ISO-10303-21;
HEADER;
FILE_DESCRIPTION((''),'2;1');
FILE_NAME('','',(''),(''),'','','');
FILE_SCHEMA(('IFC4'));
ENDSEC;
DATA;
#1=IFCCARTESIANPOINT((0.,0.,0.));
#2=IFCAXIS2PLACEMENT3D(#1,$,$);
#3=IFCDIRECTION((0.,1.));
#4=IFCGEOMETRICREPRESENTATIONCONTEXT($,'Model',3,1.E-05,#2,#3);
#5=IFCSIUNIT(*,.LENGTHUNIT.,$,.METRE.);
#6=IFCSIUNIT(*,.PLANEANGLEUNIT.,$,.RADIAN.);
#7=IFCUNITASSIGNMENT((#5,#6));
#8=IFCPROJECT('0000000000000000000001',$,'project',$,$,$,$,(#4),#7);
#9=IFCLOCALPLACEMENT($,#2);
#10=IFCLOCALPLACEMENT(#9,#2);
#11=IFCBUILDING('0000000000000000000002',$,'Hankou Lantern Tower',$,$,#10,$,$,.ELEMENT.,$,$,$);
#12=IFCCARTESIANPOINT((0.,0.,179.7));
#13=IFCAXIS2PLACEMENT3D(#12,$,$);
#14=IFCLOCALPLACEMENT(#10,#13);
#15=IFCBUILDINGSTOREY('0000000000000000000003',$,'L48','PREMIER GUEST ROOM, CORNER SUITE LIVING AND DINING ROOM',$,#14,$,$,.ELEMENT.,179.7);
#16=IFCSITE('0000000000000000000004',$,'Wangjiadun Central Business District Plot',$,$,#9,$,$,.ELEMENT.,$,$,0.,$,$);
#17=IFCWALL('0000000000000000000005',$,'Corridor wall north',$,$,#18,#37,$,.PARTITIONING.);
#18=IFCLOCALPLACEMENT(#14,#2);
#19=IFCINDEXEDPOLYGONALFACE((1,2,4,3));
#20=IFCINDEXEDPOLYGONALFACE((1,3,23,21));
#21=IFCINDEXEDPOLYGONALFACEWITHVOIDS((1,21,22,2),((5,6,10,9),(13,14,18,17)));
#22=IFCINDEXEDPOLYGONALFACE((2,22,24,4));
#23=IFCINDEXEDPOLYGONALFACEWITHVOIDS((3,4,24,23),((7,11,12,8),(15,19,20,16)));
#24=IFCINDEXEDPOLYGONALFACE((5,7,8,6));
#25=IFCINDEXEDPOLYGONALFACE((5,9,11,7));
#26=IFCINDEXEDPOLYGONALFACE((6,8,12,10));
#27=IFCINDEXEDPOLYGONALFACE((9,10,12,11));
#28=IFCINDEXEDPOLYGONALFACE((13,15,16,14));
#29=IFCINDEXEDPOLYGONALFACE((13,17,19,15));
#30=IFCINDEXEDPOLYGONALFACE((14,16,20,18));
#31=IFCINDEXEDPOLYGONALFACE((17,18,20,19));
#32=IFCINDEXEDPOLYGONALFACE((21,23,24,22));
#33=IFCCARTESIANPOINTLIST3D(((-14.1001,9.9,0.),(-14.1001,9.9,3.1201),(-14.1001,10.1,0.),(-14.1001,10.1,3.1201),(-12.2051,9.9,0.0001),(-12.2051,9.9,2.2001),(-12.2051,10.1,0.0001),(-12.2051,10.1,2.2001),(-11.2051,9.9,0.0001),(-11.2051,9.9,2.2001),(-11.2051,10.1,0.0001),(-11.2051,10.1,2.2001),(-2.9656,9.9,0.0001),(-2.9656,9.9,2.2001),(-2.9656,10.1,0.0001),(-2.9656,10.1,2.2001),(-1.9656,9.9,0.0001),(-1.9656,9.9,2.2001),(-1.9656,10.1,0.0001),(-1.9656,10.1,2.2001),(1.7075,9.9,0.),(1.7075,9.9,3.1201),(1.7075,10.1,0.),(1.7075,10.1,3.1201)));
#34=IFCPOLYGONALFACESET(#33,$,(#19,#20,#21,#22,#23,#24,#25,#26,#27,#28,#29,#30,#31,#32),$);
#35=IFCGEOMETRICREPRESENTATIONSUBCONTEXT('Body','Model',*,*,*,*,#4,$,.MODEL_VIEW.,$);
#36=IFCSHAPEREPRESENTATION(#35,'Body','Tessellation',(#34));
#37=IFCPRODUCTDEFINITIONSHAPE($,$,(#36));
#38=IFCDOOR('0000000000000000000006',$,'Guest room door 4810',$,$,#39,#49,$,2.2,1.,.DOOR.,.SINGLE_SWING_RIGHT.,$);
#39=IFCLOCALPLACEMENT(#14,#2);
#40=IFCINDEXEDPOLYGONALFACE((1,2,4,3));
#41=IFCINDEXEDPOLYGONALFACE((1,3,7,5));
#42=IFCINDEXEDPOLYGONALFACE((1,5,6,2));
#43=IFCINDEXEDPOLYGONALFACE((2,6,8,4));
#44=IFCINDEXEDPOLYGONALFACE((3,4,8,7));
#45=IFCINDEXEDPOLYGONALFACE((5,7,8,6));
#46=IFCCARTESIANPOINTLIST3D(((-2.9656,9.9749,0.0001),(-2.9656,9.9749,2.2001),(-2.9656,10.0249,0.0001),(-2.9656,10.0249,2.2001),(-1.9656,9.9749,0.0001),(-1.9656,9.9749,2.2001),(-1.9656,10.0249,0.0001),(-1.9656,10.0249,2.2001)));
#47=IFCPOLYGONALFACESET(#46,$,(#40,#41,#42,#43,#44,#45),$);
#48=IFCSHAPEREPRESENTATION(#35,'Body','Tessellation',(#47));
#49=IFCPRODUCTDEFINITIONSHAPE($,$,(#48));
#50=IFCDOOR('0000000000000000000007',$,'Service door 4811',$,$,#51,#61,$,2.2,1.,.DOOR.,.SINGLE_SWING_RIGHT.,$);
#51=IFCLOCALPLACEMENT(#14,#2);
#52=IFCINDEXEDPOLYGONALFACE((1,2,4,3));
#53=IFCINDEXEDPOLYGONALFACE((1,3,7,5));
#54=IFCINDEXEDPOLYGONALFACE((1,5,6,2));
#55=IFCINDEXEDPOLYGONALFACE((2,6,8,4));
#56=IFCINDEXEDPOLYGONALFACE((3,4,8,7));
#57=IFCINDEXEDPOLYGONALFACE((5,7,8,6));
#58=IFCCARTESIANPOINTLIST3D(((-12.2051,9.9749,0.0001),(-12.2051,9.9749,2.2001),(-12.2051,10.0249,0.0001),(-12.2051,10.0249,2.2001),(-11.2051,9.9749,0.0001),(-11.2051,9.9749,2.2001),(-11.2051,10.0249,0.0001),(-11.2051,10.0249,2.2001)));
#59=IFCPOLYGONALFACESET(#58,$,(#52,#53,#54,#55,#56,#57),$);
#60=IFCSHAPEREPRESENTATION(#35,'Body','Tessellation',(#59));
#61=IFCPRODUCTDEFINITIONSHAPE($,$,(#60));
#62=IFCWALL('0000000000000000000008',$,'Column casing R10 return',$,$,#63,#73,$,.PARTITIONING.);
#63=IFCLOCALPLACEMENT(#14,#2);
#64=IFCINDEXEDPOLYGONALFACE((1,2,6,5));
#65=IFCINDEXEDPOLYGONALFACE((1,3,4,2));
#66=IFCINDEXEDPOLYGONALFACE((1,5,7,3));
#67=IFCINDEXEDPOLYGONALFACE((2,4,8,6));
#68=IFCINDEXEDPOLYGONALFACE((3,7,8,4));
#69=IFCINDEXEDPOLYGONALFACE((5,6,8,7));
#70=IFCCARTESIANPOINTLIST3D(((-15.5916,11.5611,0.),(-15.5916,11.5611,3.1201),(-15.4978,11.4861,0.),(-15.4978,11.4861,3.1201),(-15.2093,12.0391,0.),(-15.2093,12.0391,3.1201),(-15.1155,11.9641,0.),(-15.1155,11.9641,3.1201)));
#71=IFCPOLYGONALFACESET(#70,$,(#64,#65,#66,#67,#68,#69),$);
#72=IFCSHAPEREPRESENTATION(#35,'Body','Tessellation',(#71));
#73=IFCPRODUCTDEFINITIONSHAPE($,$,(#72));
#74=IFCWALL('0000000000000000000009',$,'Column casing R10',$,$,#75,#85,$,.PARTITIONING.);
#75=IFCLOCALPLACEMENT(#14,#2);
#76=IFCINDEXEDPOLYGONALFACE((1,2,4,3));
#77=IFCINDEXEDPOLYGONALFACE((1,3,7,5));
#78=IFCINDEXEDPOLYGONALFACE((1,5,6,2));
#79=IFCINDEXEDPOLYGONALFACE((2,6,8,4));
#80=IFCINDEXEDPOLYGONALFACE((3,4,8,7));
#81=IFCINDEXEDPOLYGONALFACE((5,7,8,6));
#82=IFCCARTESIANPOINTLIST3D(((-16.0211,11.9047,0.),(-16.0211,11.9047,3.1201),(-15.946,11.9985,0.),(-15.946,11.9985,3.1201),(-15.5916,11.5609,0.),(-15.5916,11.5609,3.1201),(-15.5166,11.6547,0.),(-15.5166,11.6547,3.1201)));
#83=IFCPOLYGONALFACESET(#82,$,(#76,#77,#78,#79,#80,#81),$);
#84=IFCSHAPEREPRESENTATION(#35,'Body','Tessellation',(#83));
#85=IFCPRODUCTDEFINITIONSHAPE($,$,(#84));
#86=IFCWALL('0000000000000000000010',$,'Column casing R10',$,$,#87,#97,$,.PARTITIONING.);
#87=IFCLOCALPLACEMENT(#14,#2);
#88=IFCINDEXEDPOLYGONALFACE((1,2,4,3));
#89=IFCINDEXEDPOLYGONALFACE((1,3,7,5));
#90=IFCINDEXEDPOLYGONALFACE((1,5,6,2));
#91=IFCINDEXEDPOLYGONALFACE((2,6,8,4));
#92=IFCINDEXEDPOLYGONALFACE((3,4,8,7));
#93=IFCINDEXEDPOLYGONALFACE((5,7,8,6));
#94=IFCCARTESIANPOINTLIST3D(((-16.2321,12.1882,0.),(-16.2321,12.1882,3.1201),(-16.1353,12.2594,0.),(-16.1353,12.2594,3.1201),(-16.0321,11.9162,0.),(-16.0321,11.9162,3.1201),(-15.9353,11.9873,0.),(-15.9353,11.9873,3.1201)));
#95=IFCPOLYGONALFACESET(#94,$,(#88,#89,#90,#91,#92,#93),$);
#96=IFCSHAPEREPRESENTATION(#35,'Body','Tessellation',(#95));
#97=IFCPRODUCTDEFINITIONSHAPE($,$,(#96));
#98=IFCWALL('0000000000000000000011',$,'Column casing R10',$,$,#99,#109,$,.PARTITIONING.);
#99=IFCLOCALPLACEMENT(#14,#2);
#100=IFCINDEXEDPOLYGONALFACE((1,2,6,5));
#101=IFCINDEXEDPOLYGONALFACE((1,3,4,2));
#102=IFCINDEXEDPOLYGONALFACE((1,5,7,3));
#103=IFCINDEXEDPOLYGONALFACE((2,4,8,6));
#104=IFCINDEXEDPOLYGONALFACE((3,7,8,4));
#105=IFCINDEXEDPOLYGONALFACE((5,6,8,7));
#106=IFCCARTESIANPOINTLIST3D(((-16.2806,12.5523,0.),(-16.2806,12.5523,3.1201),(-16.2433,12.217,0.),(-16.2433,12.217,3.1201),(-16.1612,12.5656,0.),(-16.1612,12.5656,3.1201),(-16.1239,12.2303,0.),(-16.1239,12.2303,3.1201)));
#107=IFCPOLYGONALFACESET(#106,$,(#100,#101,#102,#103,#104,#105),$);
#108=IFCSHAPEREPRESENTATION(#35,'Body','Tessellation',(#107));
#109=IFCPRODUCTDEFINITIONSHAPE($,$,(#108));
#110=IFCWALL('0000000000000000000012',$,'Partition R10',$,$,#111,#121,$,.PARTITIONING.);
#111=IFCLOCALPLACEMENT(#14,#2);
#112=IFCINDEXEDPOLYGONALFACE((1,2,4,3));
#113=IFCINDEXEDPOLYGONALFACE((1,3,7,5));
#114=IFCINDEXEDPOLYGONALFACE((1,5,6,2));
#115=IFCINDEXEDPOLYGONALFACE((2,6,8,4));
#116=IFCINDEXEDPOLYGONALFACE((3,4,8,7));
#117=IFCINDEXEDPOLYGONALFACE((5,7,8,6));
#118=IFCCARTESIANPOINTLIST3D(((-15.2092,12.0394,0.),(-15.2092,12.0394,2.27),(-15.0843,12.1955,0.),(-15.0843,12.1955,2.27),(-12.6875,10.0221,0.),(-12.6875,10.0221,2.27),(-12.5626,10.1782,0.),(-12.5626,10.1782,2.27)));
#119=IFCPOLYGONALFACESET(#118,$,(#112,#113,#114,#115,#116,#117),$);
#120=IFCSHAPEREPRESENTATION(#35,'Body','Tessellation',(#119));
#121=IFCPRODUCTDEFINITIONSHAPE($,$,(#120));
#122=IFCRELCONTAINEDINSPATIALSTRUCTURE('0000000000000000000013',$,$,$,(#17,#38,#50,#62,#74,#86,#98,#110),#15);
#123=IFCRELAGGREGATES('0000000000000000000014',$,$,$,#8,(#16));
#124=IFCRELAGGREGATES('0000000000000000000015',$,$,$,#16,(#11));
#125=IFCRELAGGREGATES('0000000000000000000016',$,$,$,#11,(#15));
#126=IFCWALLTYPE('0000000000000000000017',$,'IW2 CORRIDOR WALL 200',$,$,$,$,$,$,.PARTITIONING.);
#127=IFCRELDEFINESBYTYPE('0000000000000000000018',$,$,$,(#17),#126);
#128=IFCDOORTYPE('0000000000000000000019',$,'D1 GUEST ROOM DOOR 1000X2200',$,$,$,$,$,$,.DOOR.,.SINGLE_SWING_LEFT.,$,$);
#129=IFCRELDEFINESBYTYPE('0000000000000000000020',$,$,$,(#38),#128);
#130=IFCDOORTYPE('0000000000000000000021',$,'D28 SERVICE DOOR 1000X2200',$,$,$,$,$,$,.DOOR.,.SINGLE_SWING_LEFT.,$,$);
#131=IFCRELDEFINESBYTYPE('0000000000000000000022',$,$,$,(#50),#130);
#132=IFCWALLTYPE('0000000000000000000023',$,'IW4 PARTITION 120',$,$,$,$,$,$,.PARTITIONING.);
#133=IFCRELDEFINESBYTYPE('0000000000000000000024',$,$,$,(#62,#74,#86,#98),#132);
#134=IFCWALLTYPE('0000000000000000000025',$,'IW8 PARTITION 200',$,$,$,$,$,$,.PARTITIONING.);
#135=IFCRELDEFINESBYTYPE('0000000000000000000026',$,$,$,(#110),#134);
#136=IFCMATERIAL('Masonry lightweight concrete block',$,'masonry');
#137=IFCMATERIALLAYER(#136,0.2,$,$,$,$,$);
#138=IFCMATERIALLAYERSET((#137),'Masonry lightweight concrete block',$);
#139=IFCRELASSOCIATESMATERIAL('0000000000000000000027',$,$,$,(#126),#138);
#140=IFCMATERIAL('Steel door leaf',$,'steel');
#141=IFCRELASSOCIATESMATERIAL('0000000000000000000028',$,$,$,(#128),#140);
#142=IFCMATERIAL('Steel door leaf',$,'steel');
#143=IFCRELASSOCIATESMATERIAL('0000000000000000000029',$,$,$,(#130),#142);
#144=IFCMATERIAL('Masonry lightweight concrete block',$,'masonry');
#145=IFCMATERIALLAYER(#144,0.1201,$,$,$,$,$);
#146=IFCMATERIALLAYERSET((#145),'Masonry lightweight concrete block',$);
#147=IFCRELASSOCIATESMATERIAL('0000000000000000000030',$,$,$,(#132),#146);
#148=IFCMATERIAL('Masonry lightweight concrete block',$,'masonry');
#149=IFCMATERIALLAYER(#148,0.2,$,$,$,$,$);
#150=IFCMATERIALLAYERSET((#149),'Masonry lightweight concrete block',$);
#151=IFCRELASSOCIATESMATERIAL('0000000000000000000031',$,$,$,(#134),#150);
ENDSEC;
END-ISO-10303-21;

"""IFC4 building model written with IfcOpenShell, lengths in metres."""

from ifc_helpers import new_model, si_unit, direction, frame, frame_2d, origin, place, context, subcontext, project, spatial, rectangle, extrude, material, layer, layer_set, type_object, element, fill, save


model = new_model("IFC4")

# Units and contexts
model_context = context("Model", 3, precision=1e-05, world=origin(), true_north=direction((0.0, 1.0)))
body_context = subcontext(model_context, "Body", "Model", "MODEL_VIEW")
ifc_project = project(units=[si_unit("LENGTHUNIT", "METRE"), si_unit("PLANEANGLEUNIT", "RADIAN")], contexts=[model_context])

# Site, building, storey
site_placement = place(None, origin())
site = spatial("IfcSite", under=ifc_project, at=site_placement, Name="Wangjiadun Central Business District Plot", CompositionType="ELEMENT", RefElevation=0.0)
building_placement = place(site_placement, origin())
building = spatial("IfcBuilding", under=site, at=building_placement, Name="Hankou Lantern Tower", CompositionType="ELEMENT")
storey_placement = place(building_placement, frame((0.0, 0.0, 179.7)))
storey = spatial("IfcBuildingStorey", under=building, at=storey_placement, Name="L48", Description="PREMIER GUEST ROOM, CORNER SUITE LIVING AND DINING ROOM", CompositionType="ELEMENT", Elevation=179.7)

# Wall, openings, doors
ifc_material_1 = material(Name="Masonry lightweight concrete block", Category="masonry")
ifc_layer_1 = layer(ifc_material_1, 0.2)
ifc_layer_set_1 = layer_set([ifc_layer_1], Name="Masonry lightweight concrete block")
wall_type_1 = type_object("IfcWallType", Name="IW2 CORRIDOR WALL 200", PredefinedType="PARTITIONING", material=ifc_layer_set_1)
ifc_material_2 = material(Name="Steel door leaf", Category="steel")
door_type_1 = type_object("IfcDoorType", Name="D1 GUEST ROOM DOOR 1000X2200", OperationType="SINGLE_SWING_LEFT", PredefinedType="DOOR", material=ifc_material_2)
ifc_material_3 = material(Name="Steel door leaf", Category="steel")
door_type_2 = type_object("IfcDoorType", Name="D28 SERVICE DOOR 1000X2200", OperationType="SINGLE_SWING_LEFT", PredefinedType="DOOR", material=ifc_material_3)
wall_1_placement = place(storey_placement, frame((-14.1001, 10.0, 0.0), z_axis=(0.0, 0.0, 1.0), x_axis=(1.0, 0.0, 0.0)))
wall_1 = element("IfcWall", 1, at=wall_1_placement, inside=storey, type_object=wall_type_1, Name="Corridor wall north", PredefinedType="PARTITIONING", context=body_context, shape_type="SweptSolid", body=[
    extrude(rectangle(XDim=15.8076, YDim=0.2, at=frame_2d((7.9038, 0.0))), origin(), (0.0, 0.0, 1.0), 3.1201),
])
opening_1_placement = place(wall_1_placement, frame((11.1345, 0.0, 0.0)))
opening_1 = element("IfcOpeningElement", 2, at=opening_1_placement, cuts=wall_1, PredefinedType="OPENING", context=body_context, shape_type="SweptSolid", body=[
    extrude(rectangle(XDim=1.0, YDim=2.2, at=frame_2d((0.5, 1.1001))), frame((0.0, 0.1099, 0.0), z_axis=(0.0, -1.0, 0.0), x_axis=(1.0, 0.0, 0.0)), (0.0, 0.0, 1.0), 0.22),
])
opening_2_placement = place(wall_1_placement, frame((1.895, 0.0, 0.0)))
opening_2 = element("IfcOpeningElement", 3, at=opening_2_placement, cuts=wall_1, PredefinedType="OPENING", context=body_context, shape_type="SweptSolid", body=[
    extrude(rectangle(XDim=1.0, YDim=2.2, at=frame_2d((0.5, 1.1001))), frame((0.0, 0.1099, 0.0), z_axis=(0.0, -1.0, 0.0), x_axis=(1.0, 0.0, 0.0)), (0.0, 0.0, 1.0), 0.22),
])
door_1_placement = place(opening_1_placement, origin())
door_1 = element("IfcDoor", 4, at=door_1_placement, inside=storey, type_object=door_type_1, Name="Guest room door 4810", OperationType="SINGLE_SWING_RIGHT", OverallHeight=2.2, OverallWidth=1.0, PredefinedType="DOOR", context=body_context, shape_type="SweptSolid", body=[
    extrude(rectangle(XDim=1.0, YDim=2.2, at=frame_2d((0.5, 1.1001))), frame((0.0, 0.0249, 0.0), z_axis=(0.0, -1.0, 0.0), x_axis=(1.0, 0.0, 0.0)), (0.0, 0.0, 1.0), 0.05),
])
fill(opening_1, door_1)
door_2_placement = place(opening_2_placement, origin())
door_2 = element("IfcDoor", 5, at=door_2_placement, inside=storey, type_object=door_type_2, Name="Service door 4811", OperationType="SINGLE_SWING_RIGHT", OverallHeight=2.2, OverallWidth=1.0, PredefinedType="DOOR", context=body_context, shape_type="SweptSolid", body=[
    extrude(rectangle(XDim=1.0, YDim=2.2, at=frame_2d((0.5, 1.1001))), frame((0.0, 0.0249, 0.0), z_axis=(0.0, -1.0, 0.0), x_axis=(1.0, 0.0, 0.0)), (0.0, 0.0, 1.0), 0.05),
])
fill(opening_2, door_2)

# Walls
ifc_material_4 = material(Name="Masonry lightweight concrete block", Category="masonry")
ifc_layer_2 = layer(ifc_material_4, 0.1201)
ifc_layer_set_2 = layer_set([ifc_layer_2], Name="Masonry lightweight concrete block")
wall_type_2 = type_object("IfcWallType", Name="IW4 PARTITION 120", PredefinedType="PARTITIONING", material=ifc_layer_set_2)
wall_2_placement = place(storey_placement, frame((-15.1624, 12.0017, 0.0), z_axis=(0.0, 0.0, 1.0), x_axis=(-0.624598, -0.780947, 0.0)))
element("IfcWall", 6, at=wall_2_placement, inside=storey, type_object=wall_type_2, Name="Column casing R10 return", PredefinedType="PARTITIONING", context=body_context, shape_type="SweptSolid", body=[
    extrude(rectangle(XDim=0.6121, YDim=0.1201, at=frame_2d((0.3062, 0.0))), origin(), (0.0, 0.0, 1.0), 3.1201),
])
wall_3_placement = place(storey_placement, frame((-15.5542, 11.6079, 0.0), z_axis=(0.0, 0.0, 1.0), x_axis=(-0.780696, 0.624912, 0.0)))
element("IfcWall", 7, at=wall_3_placement, inside=storey, type_object=wall_type_2, Name="Column casing R10", PredefinedType="PARTITIONING", context=body_context, shape_type="SweptSolid", body=[
    extrude(rectangle(XDim=0.55, YDim=0.1201, at=frame_2d((0.2749, 0.0))), origin(), (0.0, 0.0, 1.0), 3.1201),
])
wall_4_placement = place(storey_placement, frame((-15.9836, 11.9517, 0.0), z_axis=(0.0, 0.0, 1.0), x_axis=(-0.592335, 0.805692, 0.0)))
element("IfcWall", 8, at=wall_4_placement, inside=storey, type_object=wall_type_2, Name="Column casing R10", PredefinedType="PARTITIONING", context=body_context, shape_type="SweptSolid", body=[
    extrude(rectangle(XDim=0.3376, YDim=0.1201, at=frame_2d((0.1689, 0.0))), origin(), (0.0, 0.0, 1.0), 3.1201),
])
wall_5_placement = place(storey_placement, frame((-16.1836, 12.2236, 0.0), z_axis=(0.0, 0.0, 1.0), x_axis=(-0.11067, 0.993857, 0.0)))
element("IfcWall", 9, at=wall_5_placement, inside=storey, type_object=wall_type_2, Name="Column casing R10", PredefinedType="PARTITIONING", context=body_context, shape_type="SweptSolid", body=[
    extrude(rectangle(XDim=0.3374, YDim=0.1201, at=frame_2d((0.1687, 0.0))), origin(), (0.0, 0.0, 1.0), 3.1201),
])
ifc_material_5 = material(Name="Masonry lightweight concrete block", Category="masonry")
ifc_layer_3 = layer(ifc_material_5, 0.2)
ifc_layer_set_3 = layer_set([ifc_layer_3], Name="Masonry lightweight concrete block")
wall_type_3 = type_object("IfcWallType", Name="IW8 PARTITION 200", PredefinedType="PARTITIONING", material=ifc_layer_set_3)
wall_6_placement = place(storey_placement, frame((-12.625, 10.1001, 0.0), z_axis=(0.0, 0.0, 1.0), x_axis=(-0.780876, 0.624686, 0.0)))
element("IfcWall", 10, at=wall_6_placement, inside=storey, type_object=wall_type_3, Name="Partition R10", PredefinedType="PARTITIONING", context=body_context, shape_type="SweptSolid", body=[
    extrude(rectangle(XDim=3.2292, YDim=0.2, at=frame_2d((1.6147, 0.0))), origin(), (0.0, 0.0, 1.0), 2.27),
])

save(model, "model.ifc")
